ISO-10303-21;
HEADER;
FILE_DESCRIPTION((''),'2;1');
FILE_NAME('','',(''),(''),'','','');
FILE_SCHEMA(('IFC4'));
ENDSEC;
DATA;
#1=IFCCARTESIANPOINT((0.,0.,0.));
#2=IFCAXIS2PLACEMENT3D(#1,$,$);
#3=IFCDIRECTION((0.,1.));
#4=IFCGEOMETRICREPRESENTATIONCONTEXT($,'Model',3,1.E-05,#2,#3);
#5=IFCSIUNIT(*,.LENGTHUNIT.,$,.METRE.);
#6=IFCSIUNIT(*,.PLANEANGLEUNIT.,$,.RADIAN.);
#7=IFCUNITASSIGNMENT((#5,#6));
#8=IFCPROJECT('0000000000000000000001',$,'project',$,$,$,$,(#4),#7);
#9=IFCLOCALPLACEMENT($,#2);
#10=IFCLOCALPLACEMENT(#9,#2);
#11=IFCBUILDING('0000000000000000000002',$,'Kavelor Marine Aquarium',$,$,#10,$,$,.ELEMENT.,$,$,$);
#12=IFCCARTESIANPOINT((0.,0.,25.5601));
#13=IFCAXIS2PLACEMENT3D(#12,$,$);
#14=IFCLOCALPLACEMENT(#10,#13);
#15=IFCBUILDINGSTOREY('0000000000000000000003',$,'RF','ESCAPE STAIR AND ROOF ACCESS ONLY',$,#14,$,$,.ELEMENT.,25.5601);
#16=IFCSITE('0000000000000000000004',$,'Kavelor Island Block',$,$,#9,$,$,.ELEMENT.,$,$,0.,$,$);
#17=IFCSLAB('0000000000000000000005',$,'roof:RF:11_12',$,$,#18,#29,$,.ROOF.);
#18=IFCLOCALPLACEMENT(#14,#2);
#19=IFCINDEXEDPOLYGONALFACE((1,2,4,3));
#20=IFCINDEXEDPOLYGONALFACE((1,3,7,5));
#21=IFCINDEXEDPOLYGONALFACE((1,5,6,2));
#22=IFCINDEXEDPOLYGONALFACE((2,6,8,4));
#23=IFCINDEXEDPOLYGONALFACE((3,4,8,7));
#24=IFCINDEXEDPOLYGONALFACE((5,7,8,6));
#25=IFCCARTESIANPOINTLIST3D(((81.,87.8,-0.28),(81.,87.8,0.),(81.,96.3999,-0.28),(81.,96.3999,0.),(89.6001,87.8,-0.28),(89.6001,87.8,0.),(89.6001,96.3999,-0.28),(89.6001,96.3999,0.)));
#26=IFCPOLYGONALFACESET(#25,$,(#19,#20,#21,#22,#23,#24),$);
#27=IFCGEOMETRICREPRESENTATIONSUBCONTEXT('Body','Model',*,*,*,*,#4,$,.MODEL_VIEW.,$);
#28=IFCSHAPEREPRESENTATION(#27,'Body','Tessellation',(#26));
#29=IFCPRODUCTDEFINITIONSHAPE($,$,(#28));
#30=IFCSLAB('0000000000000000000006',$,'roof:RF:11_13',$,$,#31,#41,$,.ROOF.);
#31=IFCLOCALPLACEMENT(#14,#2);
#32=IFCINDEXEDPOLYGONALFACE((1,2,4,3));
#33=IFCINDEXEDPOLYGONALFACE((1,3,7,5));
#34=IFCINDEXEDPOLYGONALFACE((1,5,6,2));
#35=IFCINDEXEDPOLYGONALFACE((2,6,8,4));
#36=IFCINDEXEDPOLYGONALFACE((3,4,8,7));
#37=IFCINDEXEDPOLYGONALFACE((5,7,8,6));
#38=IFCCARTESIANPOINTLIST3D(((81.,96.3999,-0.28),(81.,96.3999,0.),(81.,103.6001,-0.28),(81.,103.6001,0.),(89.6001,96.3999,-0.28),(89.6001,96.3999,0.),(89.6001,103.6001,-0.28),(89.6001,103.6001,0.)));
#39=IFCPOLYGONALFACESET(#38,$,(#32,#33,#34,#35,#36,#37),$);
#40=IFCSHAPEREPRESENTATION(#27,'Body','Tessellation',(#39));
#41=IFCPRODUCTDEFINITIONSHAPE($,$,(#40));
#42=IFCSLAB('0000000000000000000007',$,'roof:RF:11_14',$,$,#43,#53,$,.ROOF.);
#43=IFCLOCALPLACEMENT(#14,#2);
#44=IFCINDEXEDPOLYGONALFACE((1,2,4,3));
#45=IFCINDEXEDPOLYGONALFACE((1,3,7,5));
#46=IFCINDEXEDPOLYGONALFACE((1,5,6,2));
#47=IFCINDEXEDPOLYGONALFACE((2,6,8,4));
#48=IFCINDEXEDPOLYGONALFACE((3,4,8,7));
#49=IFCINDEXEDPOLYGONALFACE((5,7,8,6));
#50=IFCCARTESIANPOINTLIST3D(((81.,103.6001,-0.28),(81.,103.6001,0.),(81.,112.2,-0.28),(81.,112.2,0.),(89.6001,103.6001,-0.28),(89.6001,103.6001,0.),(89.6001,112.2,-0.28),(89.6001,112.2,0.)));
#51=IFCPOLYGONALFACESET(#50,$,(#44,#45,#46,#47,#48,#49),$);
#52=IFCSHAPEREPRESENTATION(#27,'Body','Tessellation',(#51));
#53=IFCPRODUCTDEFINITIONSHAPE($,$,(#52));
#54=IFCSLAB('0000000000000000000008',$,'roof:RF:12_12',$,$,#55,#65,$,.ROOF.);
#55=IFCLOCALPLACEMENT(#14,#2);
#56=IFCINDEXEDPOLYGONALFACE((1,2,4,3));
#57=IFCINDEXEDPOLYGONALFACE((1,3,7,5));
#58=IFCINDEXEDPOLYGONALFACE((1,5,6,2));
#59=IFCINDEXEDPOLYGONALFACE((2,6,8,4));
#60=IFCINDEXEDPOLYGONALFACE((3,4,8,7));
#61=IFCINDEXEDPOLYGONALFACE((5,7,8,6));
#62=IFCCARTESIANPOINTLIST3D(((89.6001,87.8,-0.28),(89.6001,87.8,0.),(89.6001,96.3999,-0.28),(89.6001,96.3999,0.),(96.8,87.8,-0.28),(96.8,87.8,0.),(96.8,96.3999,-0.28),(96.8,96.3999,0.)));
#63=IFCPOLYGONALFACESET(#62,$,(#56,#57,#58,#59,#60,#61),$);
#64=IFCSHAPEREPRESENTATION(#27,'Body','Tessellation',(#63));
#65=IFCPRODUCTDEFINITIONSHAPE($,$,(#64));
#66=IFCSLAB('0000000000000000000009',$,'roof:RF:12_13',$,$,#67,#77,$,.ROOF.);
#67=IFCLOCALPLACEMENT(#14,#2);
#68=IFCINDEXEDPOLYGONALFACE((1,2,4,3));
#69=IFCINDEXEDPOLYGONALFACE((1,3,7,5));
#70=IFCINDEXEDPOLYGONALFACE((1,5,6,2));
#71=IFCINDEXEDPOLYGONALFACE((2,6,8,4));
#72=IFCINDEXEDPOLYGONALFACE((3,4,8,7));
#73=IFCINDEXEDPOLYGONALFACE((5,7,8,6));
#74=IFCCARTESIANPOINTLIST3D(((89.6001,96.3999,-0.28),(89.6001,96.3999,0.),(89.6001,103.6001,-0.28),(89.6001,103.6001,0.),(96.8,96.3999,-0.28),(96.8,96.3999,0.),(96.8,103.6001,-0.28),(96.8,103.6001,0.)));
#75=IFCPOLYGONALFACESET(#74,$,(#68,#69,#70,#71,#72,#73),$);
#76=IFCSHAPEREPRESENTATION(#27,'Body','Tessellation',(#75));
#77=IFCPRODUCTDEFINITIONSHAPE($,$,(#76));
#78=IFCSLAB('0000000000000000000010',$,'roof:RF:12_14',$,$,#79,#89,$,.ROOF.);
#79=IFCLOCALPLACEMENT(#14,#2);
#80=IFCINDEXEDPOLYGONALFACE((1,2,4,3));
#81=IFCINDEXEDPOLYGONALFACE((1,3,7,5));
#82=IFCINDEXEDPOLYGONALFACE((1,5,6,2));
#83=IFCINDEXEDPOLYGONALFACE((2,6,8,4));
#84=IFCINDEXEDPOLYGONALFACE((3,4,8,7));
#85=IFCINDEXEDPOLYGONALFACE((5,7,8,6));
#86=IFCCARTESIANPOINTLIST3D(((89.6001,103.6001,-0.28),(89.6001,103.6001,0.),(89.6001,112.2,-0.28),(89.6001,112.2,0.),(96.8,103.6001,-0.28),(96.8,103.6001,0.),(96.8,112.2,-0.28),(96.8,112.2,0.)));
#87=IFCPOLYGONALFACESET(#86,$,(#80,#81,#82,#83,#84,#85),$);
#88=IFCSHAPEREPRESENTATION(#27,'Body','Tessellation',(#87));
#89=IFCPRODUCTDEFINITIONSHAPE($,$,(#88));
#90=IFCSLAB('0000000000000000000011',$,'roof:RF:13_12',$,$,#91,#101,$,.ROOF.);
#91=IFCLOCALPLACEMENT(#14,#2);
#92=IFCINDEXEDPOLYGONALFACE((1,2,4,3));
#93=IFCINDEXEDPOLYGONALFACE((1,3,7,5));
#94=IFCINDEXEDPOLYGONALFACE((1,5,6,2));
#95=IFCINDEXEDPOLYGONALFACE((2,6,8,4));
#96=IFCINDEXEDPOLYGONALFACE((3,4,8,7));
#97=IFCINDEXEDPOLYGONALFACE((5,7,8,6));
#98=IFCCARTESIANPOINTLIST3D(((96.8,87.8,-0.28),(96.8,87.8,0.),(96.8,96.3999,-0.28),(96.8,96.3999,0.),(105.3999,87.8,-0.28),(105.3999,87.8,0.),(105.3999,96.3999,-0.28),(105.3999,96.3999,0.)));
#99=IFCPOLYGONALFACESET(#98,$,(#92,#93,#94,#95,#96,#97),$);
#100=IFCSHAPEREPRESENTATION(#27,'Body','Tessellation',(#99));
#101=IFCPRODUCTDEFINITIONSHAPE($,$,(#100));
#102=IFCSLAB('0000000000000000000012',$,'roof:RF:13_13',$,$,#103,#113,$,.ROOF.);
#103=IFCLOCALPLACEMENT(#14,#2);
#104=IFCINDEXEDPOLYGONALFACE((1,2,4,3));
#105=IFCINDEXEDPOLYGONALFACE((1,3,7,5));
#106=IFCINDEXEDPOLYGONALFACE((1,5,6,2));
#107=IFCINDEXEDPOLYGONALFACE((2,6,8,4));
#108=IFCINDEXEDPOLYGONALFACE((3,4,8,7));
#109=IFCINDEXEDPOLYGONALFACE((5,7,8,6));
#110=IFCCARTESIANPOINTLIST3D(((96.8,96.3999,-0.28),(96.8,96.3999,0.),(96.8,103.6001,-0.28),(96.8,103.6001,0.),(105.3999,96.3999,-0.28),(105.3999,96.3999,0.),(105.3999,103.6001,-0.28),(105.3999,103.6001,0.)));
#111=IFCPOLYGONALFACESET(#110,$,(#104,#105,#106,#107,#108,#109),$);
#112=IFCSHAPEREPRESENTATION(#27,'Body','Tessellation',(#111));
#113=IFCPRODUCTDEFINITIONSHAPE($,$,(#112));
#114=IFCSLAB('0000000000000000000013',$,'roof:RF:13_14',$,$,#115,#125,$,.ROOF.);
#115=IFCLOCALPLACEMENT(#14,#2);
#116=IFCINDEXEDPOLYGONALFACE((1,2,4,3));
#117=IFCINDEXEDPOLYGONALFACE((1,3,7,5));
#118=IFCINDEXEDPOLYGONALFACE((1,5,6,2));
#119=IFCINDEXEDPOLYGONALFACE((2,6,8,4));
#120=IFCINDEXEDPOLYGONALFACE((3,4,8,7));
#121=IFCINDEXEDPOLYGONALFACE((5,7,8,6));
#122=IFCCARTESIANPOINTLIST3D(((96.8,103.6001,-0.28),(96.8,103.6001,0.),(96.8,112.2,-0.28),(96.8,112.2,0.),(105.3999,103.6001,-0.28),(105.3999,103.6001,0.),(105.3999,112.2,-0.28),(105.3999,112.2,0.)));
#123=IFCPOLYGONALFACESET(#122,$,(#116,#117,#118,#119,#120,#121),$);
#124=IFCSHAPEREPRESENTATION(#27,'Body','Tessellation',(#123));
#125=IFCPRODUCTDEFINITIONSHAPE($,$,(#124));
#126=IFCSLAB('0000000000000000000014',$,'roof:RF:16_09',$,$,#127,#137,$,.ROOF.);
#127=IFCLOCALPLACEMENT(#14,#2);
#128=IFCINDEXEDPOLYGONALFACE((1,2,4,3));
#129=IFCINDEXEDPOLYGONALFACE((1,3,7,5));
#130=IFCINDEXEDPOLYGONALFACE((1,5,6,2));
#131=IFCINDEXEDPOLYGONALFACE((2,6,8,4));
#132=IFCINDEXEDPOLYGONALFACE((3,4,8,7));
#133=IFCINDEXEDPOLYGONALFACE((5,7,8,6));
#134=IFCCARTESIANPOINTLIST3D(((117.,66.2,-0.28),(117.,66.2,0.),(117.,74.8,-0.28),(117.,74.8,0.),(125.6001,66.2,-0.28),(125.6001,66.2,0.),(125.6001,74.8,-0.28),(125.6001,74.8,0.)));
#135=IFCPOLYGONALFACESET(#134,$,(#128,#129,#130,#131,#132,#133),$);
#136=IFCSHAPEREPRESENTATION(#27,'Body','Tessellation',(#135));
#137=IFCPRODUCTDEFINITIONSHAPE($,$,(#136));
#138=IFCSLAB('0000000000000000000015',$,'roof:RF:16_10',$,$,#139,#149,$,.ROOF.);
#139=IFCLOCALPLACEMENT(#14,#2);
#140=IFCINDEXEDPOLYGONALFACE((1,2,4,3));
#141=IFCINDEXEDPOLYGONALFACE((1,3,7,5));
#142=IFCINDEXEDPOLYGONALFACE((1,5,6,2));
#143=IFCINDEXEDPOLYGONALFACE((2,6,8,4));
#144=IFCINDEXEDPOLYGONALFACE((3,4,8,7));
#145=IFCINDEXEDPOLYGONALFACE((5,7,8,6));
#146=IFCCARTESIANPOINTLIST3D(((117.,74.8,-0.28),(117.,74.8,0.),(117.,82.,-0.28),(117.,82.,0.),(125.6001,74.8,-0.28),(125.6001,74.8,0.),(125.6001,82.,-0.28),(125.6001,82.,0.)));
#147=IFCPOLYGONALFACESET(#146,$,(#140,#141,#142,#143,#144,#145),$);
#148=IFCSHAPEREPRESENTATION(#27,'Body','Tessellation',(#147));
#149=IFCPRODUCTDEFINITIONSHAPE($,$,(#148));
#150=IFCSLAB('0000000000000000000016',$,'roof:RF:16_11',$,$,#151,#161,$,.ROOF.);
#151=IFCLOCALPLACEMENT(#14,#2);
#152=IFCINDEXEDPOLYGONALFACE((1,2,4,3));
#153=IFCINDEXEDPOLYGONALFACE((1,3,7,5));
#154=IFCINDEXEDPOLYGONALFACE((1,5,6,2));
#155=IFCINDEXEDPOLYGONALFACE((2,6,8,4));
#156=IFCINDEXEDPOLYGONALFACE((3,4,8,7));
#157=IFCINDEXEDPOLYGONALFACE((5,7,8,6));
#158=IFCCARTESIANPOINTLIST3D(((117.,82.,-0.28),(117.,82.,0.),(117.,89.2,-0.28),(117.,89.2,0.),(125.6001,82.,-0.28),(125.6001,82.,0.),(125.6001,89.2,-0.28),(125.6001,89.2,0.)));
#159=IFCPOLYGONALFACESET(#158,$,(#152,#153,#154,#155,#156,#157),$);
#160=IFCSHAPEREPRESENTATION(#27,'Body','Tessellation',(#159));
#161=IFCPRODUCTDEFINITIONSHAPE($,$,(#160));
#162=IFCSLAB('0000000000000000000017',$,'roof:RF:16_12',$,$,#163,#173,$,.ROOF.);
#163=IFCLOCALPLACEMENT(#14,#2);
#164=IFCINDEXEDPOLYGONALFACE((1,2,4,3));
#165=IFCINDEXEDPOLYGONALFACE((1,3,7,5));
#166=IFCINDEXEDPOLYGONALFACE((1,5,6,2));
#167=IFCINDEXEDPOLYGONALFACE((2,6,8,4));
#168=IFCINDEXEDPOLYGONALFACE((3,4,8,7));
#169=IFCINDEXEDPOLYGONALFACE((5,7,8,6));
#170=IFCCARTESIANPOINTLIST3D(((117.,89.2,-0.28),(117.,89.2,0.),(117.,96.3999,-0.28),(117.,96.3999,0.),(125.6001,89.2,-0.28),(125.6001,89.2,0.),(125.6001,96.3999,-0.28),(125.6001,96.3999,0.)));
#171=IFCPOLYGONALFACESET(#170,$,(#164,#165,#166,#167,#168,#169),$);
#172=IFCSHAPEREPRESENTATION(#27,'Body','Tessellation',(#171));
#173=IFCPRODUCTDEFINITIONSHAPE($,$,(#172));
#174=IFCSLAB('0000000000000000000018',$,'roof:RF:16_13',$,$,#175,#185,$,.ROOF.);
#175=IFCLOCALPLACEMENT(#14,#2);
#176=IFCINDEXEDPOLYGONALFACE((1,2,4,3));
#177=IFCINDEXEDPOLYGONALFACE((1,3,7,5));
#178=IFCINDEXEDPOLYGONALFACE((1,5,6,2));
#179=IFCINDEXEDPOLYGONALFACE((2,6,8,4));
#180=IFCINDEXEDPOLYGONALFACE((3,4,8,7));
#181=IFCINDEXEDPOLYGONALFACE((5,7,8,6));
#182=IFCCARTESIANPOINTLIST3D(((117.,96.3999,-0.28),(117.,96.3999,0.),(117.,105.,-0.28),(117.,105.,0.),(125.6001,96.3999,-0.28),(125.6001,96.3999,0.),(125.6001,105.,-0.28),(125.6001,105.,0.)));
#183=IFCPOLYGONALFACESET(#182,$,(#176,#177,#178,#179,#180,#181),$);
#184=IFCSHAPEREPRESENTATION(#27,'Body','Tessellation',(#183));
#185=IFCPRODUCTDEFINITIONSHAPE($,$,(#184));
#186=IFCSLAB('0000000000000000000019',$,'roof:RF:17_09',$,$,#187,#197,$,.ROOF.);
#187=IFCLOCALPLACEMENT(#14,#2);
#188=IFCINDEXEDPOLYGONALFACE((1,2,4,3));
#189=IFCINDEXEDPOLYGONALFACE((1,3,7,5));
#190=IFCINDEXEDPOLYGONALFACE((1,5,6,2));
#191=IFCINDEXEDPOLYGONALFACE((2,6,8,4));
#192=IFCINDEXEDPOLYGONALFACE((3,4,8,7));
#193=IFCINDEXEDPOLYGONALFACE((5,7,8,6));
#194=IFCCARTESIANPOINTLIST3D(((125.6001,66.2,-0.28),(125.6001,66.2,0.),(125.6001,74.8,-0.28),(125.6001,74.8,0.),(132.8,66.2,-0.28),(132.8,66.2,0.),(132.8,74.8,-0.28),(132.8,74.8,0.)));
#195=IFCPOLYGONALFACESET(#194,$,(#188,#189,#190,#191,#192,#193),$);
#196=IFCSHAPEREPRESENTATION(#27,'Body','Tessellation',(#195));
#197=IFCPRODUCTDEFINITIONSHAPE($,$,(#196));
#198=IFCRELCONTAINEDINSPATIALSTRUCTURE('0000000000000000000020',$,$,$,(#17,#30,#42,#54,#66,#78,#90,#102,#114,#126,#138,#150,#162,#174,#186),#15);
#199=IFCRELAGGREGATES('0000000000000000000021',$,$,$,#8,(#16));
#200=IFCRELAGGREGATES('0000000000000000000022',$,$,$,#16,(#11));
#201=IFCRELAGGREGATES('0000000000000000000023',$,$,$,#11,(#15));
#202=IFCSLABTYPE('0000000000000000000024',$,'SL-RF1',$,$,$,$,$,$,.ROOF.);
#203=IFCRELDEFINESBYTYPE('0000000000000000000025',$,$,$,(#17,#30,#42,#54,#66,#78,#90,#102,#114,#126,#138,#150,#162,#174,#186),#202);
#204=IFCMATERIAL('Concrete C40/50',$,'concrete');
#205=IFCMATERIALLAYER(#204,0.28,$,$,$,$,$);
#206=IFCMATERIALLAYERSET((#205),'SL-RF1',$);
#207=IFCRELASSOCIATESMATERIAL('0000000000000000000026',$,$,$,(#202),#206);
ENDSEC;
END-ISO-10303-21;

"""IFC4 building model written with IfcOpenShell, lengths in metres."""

from ifc_helpers import new_model, si_unit, direction, frame, origin, place, context, subcontext, project, spatial, polyline, outline, extrude, material, layer, layer_set, type_object, element, save


model = new_model("IFC4")

# Units and contexts
model_context = context("Model", 3, precision=1e-05, world=origin(), true_north=direction((0.0, 1.0)))
body_context = subcontext(model_context, "Body", "Model", "MODEL_VIEW")
ifc_project = project(units=[si_unit("LENGTHUNIT", "METRE"), si_unit("PLANEANGLEUNIT", "RADIAN")], contexts=[model_context])

# Site, building, storey
site_placement = place(None, origin())
site = spatial("IfcSite", under=ifc_project, at=site_placement, Name="Kavelor Island Block", CompositionType="ELEMENT", RefElevation=0.0)
building_placement = place(site_placement, origin())
building = spatial("IfcBuilding", under=site, at=building_placement, Name="Kavelor Marine Aquarium", CompositionType="ELEMENT")
storey_placement = place(building_placement, frame((0.0, 0.0, 25.5601)))
storey = spatial("IfcBuildingStorey", under=building, at=storey_placement, Name="RF", Description="ESCAPE STAIR AND ROOF ACCESS ONLY", CompositionType="ELEMENT", Elevation=25.5601)

# Slabs
ifc_material_1 = material(Name="Concrete C40/50", Category="concrete")
ifc_layer_1 = layer(ifc_material_1, 0.28)
ifc_layer_set_1 = layer_set([ifc_layer_1], Name="SL-RF1")
slab_type = type_object("IfcSlabType", Name="SL-RF1", PredefinedType="ROOF", material=ifc_layer_set_1)
slab_1_placement = place(storey_placement, frame((0.0, 0.0, -0.28)))
element("IfcSlab", 1, at=slab_1_placement, inside=storey, type_object=slab_type, Name="roof:RF:11_12", PredefinedType="ROOF", context=body_context, shape_type="SweptSolid", body=[
    extrude(outline(polyline([(81.0, 87.8), (89.6001, 87.8), (89.6001, 96.3999), (81.0, 96.3999), (81.0, 87.8)])), origin(), (0.0, 0.0, 1.0), 0.28),
])
slab_2_placement = place(storey_placement, frame((0.0, 0.0, -0.28)))
element("IfcSlab", 2, at=slab_2_placement, inside=storey, type_object=slab_type, Name="roof:RF:11_13", PredefinedType="ROOF", context=body_context, shape_type="SweptSolid", body=[
    extrude(outline(polyline([(81.0, 96.3999), (89.6001, 96.3999), (89.6001, 103.6001), (81.0, 103.6001), (81.0, 96.3999)])), origin(), (0.0, 0.0, 1.0), 0.28),
])
slab_3_placement = place(storey_placement, frame((0.0, 0.0, -0.28)))
element("IfcSlab", 3, at=slab_3_placement, inside=storey, type_object=slab_type, Name="roof:RF:11_14", PredefinedType="ROOF", context=body_context, shape_type="SweptSolid", body=[
    extrude(outline(polyline([(81.0, 103.6001), (89.6001, 103.6001), (89.6001, 112.2), (81.0, 112.2), (81.0, 103.6001)])), origin(), (0.0, 0.0, 1.0), 0.28),
])
slab_4_placement = place(storey_placement, frame((0.0, 0.0, -0.28)))
element("IfcSlab", 4, at=slab_4_placement, inside=storey, type_object=slab_type, Name="roof:RF:12_12", PredefinedType="ROOF", context=body_context, shape_type="SweptSolid", body=[
    extrude(outline(polyline([(89.6001, 87.8), (96.8, 87.8), (96.8, 96.3999), (89.6001, 96.3999), (89.6001, 87.8)])), origin(), (0.0, 0.0, 1.0), 0.28),
])
slab_5_placement = place(storey_placement, frame((0.0, 0.0, -0.28)))
element("IfcSlab", 5, at=slab_5_placement, inside=storey, type_object=slab_type, Name="roof:RF:12_13", PredefinedType="ROOF", context=body_context, shape_type="SweptSolid", body=[
    extrude(outline(polyline([(89.6001, 96.3999), (96.8, 96.3999), (96.8, 103.6001), (89.6001, 103.6001), (89.6001, 96.3999)])), origin(), (0.0, 0.0, 1.0), 0.28),
])
slab_6_placement = place(storey_placement, frame((0.0, 0.0, -0.28)))
element("IfcSlab", 6, at=slab_6_placement, inside=storey, type_object=slab_type, Name="roof:RF:12_14", PredefinedType="ROOF", context=body_context, shape_type="SweptSolid", body=[
    extrude(outline(polyline([(89.6001, 103.6001), (96.8, 103.6001), (96.8, 112.2), (89.6001, 112.2), (89.6001, 103.6001)])), origin(), (0.0, 0.0, 1.0), 0.28),
])
slab_7_placement = place(storey_placement, frame((0.0, 0.0, -0.28)))
element("IfcSlab", 7, at=slab_7_placement, inside=storey, type_object=slab_type, Name="roof:RF:13_12", PredefinedType="ROOF", context=body_context, shape_type="SweptSolid", body=[
    extrude(outline(polyline([(96.8, 87.8), (105.3999, 87.8), (105.3999, 96.3999), (96.8, 96.3999), (96.8, 87.8)])), origin(), (0.0, 0.0, 1.0), 0.28),
])
slab_8_placement = place(storey_placement, frame((0.0, 0.0, -0.28)))
element("IfcSlab", 8, at=slab_8_placement, inside=storey, type_object=slab_type, Name="roof:RF:13_13", PredefinedType="ROOF", context=body_context, shape_type="SweptSolid", body=[
    extrude(outline(polyline([(96.8, 96.3999), (105.3999, 96.3999), (105.3999, 103.6001), (96.8, 103.6001), (96.8, 96.3999)])), origin(), (0.0, 0.0, 1.0), 0.28),
])
slab_9_placement = place(storey_placement, frame((0.0, 0.0, -0.28)))
element("IfcSlab", 9, at=slab_9_placement, inside=storey, type_object=slab_type, Name="roof:RF:13_14", PredefinedType="ROOF", context=body_context, shape_type="SweptSolid", body=[
    extrude(outline(polyline([(96.8, 103.6001), (105.3999, 103.6001), (105.3999, 112.2), (96.8, 112.2), (96.8, 103.6001)])), origin(), (0.0, 0.0, 1.0), 0.28),
])
slab_10_placement = place(storey_placement, frame((0.0, 0.0, -0.28)))
element("IfcSlab", 10, at=slab_10_placement, inside=storey, type_object=slab_type, Name="roof:RF:16_09", PredefinedType="ROOF", context=body_context, shape_type="SweptSolid", body=[
    extrude(outline(polyline([(117.0, 66.2), (125.6001, 66.2), (125.6001, 74.8), (117.0, 74.8), (117.0, 66.2)])), origin(), (0.0, 0.0, 1.0), 0.28),
])
slab_11_placement = place(storey_placement, frame((0.0, 0.0, -0.28)))
element("IfcSlab", 11, at=slab_11_placement, inside=storey, type_object=slab_type, Name="roof:RF:16_10", PredefinedType="ROOF", context=body_context, shape_type="SweptSolid", body=[
    extrude(outline(polyline([(117.0, 74.8), (125.6001, 74.8), (125.6001, 82.0), (117.0, 82.0), (117.0, 74.8)])), origin(), (0.0, 0.0, 1.0), 0.28),
])
slab_12_placement = place(storey_placement, frame((0.0, 0.0, -0.28)))
element("IfcSlab", 12, at=slab_12_placement, inside=storey, type_object=slab_type, Name="roof:RF:16_11", PredefinedType="ROOF", context=body_context, shape_type="SweptSolid", body=[
    extrude(outline(polyline([(117.0, 82.0), (125.6001, 82.0), (125.6001, 89.2), (117.0, 89.2), (117.0, 82.0)])), origin(), (0.0, 0.0, 1.0), 0.28),
])
slab_13_placement = place(storey_placement, frame((0.0, 0.0, -0.28)))
element("IfcSlab", 13, at=slab_13_placement, inside=storey, type_object=slab_type, Name="roof:RF:16_12", PredefinedType="ROOF", context=body_context, shape_type="SweptSolid", body=[
    extrude(outline(polyline([(117.0, 89.2), (125.6001, 89.2), (125.6001, 96.3999), (117.0, 96.3999), (117.0, 89.2)])), origin(), (0.0, 0.0, 1.0), 0.28),
])
slab_14_placement = place(storey_placement, frame((0.0, 0.0, -0.28)))
element("IfcSlab", 14, at=slab_14_placement, inside=storey, type_object=slab_type, Name="roof:RF:16_13", PredefinedType="ROOF", context=body_context, shape_type="SweptSolid", body=[
    extrude(outline(polyline([(117.0, 96.3999), (125.6001, 96.3999), (125.6001, 105.0), (117.0, 105.0), (117.0, 96.3999)])), origin(), (0.0, 0.0, 1.0), 0.28),
])
slab_15_placement = place(storey_placement, frame((0.0, 0.0, -0.28)))
element("IfcSlab", 15, at=slab_15_placement, inside=storey, type_object=slab_type, Name="roof:RF:17_09", PredefinedType="ROOF", context=body_context, shape_type="SweptSolid", body=[
    extrude(outline(polyline([(125.6001, 66.2), (132.8, 66.2), (132.8, 74.8), (125.6001, 74.8), (125.6001, 66.2)])), origin(), (0.0, 0.0, 1.0), 0.28),
])

save(model, "model.ifc")
